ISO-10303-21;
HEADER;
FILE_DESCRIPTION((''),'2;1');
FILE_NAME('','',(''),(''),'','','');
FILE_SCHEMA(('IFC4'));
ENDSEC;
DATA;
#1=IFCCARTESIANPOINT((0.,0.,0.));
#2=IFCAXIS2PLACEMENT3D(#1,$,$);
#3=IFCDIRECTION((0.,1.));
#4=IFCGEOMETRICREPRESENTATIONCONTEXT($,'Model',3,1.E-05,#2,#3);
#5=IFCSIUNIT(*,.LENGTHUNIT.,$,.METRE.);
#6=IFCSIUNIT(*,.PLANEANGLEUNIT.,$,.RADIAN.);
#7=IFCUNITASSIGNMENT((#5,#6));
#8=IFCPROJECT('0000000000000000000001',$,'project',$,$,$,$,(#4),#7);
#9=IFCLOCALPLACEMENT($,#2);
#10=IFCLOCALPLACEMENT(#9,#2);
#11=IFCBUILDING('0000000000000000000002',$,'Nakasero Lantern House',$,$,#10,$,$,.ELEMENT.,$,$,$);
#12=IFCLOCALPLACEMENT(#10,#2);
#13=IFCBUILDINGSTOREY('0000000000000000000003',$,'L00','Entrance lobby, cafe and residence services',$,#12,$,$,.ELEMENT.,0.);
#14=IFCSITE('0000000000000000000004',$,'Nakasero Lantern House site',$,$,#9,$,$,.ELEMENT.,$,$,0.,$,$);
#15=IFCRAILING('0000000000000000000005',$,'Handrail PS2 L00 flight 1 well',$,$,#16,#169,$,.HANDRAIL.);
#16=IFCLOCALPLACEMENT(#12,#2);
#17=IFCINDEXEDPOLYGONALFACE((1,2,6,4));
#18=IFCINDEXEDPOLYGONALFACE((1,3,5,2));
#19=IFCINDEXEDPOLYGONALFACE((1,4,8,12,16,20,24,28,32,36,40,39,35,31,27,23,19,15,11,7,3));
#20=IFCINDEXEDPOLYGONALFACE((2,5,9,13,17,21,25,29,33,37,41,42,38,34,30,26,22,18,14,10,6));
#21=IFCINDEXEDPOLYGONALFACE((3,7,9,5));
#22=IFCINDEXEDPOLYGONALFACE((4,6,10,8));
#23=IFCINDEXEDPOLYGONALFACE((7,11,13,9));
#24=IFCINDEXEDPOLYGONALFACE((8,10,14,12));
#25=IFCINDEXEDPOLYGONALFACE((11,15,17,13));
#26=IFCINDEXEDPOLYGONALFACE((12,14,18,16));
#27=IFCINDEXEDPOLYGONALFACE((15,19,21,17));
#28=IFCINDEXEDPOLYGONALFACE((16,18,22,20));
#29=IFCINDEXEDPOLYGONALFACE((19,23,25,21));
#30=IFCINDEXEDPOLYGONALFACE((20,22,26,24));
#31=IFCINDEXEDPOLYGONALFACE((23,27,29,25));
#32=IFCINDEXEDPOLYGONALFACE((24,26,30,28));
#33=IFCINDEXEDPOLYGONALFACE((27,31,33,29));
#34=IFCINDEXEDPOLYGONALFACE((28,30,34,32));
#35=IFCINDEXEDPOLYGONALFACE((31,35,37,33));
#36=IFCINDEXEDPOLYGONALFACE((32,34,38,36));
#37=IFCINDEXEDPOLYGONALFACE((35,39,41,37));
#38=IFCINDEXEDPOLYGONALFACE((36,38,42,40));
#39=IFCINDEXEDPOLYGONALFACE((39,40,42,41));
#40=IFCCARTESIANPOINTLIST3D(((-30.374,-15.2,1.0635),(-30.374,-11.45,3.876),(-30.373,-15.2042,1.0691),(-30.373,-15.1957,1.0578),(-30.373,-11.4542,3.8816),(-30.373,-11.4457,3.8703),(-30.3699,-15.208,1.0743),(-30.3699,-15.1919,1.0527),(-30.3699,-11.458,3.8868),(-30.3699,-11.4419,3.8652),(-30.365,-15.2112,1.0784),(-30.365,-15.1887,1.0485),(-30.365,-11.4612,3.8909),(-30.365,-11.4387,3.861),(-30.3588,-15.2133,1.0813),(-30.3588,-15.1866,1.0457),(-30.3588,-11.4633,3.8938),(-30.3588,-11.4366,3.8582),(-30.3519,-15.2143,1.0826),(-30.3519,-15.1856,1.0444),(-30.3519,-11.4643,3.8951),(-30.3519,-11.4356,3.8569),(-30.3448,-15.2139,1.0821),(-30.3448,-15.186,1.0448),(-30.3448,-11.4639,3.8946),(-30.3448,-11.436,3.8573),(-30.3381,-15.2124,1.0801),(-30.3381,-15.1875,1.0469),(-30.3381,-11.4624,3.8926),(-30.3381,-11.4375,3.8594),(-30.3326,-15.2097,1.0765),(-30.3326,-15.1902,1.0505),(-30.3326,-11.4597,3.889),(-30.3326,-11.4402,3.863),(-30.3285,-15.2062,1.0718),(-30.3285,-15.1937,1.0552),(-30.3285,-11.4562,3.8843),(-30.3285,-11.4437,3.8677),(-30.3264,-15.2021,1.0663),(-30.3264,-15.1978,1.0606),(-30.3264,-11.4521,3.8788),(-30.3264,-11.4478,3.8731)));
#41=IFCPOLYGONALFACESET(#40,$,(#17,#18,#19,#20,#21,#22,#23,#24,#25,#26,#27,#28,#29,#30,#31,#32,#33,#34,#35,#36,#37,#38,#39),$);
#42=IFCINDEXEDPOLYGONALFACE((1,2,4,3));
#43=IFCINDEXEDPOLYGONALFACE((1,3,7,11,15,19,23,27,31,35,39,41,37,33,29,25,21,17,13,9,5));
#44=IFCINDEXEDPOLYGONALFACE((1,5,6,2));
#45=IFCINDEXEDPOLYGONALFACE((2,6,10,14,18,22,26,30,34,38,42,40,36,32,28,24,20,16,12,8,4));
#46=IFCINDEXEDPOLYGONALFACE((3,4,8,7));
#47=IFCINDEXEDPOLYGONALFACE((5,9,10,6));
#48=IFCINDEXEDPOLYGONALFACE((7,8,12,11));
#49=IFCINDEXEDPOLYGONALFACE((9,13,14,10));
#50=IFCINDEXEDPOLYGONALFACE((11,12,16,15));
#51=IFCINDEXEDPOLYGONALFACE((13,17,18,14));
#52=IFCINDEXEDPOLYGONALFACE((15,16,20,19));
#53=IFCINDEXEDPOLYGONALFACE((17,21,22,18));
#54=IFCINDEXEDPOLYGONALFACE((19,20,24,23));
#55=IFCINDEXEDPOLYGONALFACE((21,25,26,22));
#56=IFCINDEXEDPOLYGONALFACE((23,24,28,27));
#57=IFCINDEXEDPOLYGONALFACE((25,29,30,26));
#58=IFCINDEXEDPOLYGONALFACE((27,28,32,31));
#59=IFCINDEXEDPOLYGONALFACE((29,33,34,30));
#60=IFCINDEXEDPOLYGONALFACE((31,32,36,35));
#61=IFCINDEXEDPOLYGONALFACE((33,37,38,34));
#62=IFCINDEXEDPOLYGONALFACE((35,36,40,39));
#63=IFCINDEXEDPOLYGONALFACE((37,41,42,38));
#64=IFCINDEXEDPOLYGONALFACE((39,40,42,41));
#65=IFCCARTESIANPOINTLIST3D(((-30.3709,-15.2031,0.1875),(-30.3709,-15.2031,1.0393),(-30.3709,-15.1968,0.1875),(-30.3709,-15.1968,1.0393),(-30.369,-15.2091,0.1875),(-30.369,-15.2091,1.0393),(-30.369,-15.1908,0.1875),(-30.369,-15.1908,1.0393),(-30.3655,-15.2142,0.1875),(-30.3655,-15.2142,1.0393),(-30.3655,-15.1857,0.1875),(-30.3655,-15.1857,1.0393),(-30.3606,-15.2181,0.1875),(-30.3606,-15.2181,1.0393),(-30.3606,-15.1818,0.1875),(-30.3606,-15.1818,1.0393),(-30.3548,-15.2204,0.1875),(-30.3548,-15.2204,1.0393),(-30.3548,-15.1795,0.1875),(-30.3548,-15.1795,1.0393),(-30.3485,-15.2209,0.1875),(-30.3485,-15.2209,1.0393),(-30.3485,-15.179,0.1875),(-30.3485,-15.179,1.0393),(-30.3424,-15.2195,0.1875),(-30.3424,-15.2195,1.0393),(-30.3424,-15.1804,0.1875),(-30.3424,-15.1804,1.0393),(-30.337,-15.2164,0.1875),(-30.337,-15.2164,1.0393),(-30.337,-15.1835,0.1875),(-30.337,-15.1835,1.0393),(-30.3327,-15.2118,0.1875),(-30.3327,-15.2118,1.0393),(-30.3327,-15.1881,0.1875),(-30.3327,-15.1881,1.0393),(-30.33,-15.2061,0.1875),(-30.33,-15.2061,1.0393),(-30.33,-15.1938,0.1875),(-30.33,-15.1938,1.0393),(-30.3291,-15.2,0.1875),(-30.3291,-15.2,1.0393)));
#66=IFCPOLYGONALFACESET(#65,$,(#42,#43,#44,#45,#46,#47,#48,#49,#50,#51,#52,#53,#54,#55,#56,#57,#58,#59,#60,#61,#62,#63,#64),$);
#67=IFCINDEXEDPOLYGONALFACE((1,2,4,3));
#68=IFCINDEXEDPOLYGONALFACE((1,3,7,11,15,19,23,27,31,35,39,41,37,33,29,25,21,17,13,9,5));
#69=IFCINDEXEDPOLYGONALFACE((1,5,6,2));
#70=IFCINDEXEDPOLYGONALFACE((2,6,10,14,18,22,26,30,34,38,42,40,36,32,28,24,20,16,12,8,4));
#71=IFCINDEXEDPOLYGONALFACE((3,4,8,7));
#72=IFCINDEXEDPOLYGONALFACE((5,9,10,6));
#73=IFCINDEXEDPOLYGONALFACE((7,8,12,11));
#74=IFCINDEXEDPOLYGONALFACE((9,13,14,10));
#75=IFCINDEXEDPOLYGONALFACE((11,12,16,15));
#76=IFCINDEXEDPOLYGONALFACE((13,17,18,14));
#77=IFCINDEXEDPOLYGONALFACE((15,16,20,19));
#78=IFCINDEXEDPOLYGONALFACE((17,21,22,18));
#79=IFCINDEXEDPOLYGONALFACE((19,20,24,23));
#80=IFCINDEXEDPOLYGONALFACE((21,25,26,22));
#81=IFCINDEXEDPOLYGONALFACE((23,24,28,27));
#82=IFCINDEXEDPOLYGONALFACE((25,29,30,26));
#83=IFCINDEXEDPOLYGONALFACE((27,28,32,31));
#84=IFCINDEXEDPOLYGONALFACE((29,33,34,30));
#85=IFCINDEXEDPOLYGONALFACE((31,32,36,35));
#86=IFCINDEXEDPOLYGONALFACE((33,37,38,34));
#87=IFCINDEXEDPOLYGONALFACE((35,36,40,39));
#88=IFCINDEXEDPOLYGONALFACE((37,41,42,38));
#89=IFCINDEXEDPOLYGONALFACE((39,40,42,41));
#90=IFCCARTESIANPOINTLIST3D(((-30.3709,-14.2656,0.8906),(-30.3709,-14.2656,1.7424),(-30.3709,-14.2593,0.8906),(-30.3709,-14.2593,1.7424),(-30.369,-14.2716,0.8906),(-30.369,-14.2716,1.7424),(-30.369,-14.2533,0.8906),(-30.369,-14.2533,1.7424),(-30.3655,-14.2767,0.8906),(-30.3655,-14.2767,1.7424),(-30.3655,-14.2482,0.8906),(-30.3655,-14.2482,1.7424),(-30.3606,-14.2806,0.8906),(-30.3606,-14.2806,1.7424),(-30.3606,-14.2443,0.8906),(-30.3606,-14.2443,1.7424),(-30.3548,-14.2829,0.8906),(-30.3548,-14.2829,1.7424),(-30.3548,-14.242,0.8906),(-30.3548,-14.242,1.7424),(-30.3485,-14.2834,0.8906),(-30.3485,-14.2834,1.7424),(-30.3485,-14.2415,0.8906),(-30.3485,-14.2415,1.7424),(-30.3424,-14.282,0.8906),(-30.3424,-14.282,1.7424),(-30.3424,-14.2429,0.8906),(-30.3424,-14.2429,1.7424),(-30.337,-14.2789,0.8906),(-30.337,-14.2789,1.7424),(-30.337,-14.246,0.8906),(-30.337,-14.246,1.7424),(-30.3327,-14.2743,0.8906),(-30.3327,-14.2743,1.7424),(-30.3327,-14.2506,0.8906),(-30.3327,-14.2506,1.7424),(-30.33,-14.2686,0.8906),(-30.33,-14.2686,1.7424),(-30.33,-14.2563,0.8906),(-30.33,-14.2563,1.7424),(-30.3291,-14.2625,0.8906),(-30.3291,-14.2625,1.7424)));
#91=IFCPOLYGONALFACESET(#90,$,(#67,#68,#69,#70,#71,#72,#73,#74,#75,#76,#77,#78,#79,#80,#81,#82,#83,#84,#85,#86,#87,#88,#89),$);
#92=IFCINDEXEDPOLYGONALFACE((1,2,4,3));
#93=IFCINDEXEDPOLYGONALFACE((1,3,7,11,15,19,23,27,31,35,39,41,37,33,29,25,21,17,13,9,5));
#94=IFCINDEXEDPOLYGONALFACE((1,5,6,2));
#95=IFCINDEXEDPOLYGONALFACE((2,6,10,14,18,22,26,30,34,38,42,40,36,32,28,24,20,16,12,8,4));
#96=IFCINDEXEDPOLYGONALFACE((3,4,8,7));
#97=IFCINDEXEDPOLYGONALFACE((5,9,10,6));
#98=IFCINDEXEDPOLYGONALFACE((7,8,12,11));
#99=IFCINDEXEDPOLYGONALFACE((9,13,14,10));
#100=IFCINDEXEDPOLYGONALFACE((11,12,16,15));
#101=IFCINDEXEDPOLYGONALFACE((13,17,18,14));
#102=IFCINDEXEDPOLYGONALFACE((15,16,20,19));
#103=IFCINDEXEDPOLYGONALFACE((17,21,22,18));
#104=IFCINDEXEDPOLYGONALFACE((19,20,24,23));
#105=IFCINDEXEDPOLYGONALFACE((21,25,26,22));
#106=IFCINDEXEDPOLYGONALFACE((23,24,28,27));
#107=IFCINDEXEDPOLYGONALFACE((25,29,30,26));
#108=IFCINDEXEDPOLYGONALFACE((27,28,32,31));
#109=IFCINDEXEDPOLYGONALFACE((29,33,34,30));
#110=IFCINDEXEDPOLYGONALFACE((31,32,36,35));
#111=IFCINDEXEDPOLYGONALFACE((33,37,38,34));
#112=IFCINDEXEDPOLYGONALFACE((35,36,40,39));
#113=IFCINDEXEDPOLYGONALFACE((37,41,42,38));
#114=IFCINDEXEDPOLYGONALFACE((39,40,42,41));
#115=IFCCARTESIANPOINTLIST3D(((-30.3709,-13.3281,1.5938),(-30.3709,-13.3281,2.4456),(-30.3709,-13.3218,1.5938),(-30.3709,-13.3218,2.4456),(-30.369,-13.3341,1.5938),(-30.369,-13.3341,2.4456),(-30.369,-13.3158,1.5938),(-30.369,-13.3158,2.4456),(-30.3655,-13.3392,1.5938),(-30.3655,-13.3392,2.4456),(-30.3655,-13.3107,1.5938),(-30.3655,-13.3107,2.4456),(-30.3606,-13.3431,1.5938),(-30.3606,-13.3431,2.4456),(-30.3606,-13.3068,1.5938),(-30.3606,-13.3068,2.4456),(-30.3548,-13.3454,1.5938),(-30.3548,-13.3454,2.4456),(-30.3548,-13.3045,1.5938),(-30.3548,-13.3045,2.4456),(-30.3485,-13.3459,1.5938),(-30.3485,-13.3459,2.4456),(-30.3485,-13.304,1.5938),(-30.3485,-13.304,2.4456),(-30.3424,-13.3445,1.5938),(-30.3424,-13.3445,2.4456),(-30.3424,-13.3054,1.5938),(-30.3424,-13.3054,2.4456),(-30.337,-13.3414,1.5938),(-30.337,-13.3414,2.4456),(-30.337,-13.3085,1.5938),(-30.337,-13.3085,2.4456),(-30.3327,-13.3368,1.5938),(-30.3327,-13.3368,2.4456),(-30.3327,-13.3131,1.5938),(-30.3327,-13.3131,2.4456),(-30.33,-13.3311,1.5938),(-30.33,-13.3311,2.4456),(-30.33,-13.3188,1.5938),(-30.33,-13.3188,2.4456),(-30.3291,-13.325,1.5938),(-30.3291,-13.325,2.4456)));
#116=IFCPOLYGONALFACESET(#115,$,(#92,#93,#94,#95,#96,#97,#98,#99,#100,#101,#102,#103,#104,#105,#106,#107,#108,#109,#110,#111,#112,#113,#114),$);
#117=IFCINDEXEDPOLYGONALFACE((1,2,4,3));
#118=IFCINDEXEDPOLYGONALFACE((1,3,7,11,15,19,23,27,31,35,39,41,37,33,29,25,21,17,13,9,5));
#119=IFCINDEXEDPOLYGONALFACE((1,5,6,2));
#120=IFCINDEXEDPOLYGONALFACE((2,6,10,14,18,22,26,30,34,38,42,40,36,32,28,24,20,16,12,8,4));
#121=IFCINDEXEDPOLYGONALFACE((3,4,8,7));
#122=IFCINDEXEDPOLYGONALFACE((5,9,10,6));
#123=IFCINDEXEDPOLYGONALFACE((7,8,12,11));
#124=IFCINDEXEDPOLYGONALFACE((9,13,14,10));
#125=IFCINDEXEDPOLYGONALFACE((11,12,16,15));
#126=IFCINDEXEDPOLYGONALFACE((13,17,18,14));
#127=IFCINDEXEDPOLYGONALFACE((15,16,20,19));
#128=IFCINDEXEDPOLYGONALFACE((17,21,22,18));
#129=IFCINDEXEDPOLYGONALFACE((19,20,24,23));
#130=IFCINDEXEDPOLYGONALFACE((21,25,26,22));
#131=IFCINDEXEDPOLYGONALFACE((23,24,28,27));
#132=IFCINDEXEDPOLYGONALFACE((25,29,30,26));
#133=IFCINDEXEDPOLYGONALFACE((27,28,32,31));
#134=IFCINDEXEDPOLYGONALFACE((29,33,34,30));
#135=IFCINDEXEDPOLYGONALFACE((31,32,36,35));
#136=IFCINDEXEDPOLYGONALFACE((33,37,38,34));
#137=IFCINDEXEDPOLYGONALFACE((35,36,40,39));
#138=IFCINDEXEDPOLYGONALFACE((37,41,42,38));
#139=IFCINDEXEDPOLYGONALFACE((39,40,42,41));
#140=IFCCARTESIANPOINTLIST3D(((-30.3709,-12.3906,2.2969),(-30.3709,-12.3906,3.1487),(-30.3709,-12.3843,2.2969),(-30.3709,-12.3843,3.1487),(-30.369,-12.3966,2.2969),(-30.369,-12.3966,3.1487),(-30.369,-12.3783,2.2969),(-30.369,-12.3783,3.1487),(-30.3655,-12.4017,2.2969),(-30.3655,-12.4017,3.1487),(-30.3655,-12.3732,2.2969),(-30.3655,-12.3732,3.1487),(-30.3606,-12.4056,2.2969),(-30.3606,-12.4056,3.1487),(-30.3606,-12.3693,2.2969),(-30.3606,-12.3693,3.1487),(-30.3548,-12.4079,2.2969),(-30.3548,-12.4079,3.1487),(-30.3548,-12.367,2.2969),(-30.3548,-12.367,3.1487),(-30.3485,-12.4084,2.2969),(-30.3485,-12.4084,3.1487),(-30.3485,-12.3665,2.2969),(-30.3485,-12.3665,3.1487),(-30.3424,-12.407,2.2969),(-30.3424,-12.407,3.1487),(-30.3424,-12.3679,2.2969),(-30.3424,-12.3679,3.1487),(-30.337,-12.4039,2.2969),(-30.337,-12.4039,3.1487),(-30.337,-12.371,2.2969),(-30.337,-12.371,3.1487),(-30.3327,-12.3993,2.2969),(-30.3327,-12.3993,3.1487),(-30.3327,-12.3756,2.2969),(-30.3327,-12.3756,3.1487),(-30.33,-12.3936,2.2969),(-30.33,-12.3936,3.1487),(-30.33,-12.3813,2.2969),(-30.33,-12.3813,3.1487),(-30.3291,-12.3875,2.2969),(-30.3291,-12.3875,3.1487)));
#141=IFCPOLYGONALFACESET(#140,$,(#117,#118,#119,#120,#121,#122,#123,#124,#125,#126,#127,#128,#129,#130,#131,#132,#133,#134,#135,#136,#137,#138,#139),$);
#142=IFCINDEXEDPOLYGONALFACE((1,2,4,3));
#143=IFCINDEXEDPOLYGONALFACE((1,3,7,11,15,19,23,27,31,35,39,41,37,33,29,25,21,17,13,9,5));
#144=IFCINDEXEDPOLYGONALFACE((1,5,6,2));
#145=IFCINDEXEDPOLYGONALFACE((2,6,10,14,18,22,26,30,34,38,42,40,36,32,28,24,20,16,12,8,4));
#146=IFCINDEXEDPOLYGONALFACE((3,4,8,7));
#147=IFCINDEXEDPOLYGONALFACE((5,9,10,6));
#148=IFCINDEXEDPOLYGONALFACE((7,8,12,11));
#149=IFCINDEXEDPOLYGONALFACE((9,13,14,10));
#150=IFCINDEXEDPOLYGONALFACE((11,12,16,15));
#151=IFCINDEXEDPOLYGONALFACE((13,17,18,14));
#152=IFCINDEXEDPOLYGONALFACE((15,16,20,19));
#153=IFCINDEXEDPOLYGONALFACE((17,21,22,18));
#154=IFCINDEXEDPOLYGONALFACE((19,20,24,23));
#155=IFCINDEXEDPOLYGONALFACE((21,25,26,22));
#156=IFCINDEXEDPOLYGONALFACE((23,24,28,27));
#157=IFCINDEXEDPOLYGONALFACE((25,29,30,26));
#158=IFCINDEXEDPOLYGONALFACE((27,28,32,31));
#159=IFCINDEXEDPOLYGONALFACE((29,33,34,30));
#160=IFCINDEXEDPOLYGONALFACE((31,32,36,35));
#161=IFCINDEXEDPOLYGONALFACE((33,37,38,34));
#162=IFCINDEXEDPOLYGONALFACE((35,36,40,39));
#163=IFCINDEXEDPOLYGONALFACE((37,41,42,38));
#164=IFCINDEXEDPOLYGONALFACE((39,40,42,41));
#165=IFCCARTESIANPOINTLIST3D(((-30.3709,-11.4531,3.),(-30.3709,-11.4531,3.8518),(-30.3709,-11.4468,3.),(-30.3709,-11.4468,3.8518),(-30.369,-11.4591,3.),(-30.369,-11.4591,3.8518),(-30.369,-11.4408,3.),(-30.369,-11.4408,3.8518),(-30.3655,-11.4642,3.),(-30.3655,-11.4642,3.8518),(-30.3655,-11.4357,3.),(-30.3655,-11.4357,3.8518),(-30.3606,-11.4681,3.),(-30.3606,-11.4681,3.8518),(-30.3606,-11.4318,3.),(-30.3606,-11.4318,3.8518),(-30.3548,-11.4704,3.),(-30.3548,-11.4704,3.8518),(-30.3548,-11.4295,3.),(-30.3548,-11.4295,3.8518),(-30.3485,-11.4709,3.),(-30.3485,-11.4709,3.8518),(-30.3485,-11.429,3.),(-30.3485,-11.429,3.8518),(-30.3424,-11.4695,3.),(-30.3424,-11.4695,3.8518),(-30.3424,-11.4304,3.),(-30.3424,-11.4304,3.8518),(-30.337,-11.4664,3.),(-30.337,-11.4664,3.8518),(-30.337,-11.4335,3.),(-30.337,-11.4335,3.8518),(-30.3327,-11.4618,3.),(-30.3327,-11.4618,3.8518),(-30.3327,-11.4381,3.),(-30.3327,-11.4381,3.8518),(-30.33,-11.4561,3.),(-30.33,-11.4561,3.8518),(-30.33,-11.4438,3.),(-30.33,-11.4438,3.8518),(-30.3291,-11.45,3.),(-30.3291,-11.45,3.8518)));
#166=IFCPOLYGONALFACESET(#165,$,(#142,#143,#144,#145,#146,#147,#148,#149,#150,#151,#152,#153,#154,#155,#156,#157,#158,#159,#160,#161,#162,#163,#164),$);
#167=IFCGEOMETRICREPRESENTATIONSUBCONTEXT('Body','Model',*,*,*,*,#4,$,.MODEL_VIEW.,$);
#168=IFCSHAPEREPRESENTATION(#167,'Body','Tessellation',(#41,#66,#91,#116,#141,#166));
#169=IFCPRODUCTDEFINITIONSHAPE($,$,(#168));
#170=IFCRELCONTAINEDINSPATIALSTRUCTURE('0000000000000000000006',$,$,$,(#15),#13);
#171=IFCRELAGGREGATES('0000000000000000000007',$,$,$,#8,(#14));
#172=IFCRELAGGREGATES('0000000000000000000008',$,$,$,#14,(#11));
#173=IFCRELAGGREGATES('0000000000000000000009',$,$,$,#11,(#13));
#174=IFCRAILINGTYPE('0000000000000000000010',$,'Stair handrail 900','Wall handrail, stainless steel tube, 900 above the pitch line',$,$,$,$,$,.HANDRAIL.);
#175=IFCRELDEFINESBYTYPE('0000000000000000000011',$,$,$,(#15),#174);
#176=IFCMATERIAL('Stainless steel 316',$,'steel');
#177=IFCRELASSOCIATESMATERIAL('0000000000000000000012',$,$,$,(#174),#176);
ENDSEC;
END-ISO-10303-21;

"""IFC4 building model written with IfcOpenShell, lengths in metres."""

from ifc_helpers import new_model, si_unit, direction, frame, origin, origin_2d, place, context, subcontext, project, spatial, circle, extrude, material, type_object, element, save


model = new_model("IFC4")

# Units and contexts
model_context = context("Model", 3, precision=1e-05, world=origin(), true_north=direction((0.0, 1.0)))
body_context = subcontext(model_context, "Body", "Model", "MODEL_VIEW")
ifc_project = project(units=[si_unit("LENGTHUNIT", "METRE"), si_unit("PLANEANGLEUNIT", "RADIAN")], contexts=[model_context])

# Site, building, storey
site_placement = place(None, origin())
site = spatial("IfcSite", under=ifc_project, at=site_placement, Name="Nakasero Lantern House site", CompositionType="ELEMENT", RefElevation=0.0)
building_placement = place(site_placement, origin())
building = spatial("IfcBuilding", under=site, at=building_placement, Name="Nakasero Lantern House", CompositionType="ELEMENT")
storey_placement = place(building_placement, origin())
storey = spatial("IfcBuildingStorey", under=building, at=storey_placement, Name="L00", Description="Entrance lobby, cafe and residence services", CompositionType="ELEMENT", Elevation=0.0)

# Railing
ifc_material_1 = material(Name="Stainless steel 316", Category="steel")
railing_type = type_object("IfcRailingType", Name="Stair handrail 900", Description="Wall handrail, stainless steel tube, 900 above the pitch line", PredefinedType="HANDRAIL", material=ifc_material_1)
for number, where, name in (
    (1, (-30.3501, -15.2, 0.1875), "Handrail PS2 L00 flight 1 well"),
):
    element("IfcRailing", number, at=place(storey_placement, frame(where)), inside=storey, type_object=railing_type, Name=name, PredefinedType="HANDRAIL", context=body_context, shape_type="SweptSolid", body=[
        extrude(circle(Radius=0.0239, at=origin_2d()), frame((0.0, 0.0, 0.876), z_axis=(0.0, 0.8, 0.6), x_axis=(-1.0, 0.0, 0.0)), (0.0, 0.0, 1.0), 4.6875),
        extrude(circle(Radius=0.021, at=origin_2d()), origin(), (0.0, 0.0, 1.0), 0.8518),
        extrude(circle(Radius=0.021, at=origin_2d()), frame((0.0, 0.9375, 0.7031)), (0.0, 0.0, 1.0), 0.8518),
        extrude(circle(Radius=0.021, at=origin_2d()), frame((0.0, 1.875, 1.4062)), (0.0, 0.0, 1.0), 0.8518),
        extrude(circle(Radius=0.021, at=origin_2d()), frame((0.0, 2.8125, 2.1094)), (0.0, 0.0, 1.0), 0.8518),
        extrude(circle(Radius=0.021, at=origin_2d()), frame((0.0, 3.75, 2.8125)), (0.0, 0.0, 1.0), 0.8518),
    ])

save(model, "model.ifc")
